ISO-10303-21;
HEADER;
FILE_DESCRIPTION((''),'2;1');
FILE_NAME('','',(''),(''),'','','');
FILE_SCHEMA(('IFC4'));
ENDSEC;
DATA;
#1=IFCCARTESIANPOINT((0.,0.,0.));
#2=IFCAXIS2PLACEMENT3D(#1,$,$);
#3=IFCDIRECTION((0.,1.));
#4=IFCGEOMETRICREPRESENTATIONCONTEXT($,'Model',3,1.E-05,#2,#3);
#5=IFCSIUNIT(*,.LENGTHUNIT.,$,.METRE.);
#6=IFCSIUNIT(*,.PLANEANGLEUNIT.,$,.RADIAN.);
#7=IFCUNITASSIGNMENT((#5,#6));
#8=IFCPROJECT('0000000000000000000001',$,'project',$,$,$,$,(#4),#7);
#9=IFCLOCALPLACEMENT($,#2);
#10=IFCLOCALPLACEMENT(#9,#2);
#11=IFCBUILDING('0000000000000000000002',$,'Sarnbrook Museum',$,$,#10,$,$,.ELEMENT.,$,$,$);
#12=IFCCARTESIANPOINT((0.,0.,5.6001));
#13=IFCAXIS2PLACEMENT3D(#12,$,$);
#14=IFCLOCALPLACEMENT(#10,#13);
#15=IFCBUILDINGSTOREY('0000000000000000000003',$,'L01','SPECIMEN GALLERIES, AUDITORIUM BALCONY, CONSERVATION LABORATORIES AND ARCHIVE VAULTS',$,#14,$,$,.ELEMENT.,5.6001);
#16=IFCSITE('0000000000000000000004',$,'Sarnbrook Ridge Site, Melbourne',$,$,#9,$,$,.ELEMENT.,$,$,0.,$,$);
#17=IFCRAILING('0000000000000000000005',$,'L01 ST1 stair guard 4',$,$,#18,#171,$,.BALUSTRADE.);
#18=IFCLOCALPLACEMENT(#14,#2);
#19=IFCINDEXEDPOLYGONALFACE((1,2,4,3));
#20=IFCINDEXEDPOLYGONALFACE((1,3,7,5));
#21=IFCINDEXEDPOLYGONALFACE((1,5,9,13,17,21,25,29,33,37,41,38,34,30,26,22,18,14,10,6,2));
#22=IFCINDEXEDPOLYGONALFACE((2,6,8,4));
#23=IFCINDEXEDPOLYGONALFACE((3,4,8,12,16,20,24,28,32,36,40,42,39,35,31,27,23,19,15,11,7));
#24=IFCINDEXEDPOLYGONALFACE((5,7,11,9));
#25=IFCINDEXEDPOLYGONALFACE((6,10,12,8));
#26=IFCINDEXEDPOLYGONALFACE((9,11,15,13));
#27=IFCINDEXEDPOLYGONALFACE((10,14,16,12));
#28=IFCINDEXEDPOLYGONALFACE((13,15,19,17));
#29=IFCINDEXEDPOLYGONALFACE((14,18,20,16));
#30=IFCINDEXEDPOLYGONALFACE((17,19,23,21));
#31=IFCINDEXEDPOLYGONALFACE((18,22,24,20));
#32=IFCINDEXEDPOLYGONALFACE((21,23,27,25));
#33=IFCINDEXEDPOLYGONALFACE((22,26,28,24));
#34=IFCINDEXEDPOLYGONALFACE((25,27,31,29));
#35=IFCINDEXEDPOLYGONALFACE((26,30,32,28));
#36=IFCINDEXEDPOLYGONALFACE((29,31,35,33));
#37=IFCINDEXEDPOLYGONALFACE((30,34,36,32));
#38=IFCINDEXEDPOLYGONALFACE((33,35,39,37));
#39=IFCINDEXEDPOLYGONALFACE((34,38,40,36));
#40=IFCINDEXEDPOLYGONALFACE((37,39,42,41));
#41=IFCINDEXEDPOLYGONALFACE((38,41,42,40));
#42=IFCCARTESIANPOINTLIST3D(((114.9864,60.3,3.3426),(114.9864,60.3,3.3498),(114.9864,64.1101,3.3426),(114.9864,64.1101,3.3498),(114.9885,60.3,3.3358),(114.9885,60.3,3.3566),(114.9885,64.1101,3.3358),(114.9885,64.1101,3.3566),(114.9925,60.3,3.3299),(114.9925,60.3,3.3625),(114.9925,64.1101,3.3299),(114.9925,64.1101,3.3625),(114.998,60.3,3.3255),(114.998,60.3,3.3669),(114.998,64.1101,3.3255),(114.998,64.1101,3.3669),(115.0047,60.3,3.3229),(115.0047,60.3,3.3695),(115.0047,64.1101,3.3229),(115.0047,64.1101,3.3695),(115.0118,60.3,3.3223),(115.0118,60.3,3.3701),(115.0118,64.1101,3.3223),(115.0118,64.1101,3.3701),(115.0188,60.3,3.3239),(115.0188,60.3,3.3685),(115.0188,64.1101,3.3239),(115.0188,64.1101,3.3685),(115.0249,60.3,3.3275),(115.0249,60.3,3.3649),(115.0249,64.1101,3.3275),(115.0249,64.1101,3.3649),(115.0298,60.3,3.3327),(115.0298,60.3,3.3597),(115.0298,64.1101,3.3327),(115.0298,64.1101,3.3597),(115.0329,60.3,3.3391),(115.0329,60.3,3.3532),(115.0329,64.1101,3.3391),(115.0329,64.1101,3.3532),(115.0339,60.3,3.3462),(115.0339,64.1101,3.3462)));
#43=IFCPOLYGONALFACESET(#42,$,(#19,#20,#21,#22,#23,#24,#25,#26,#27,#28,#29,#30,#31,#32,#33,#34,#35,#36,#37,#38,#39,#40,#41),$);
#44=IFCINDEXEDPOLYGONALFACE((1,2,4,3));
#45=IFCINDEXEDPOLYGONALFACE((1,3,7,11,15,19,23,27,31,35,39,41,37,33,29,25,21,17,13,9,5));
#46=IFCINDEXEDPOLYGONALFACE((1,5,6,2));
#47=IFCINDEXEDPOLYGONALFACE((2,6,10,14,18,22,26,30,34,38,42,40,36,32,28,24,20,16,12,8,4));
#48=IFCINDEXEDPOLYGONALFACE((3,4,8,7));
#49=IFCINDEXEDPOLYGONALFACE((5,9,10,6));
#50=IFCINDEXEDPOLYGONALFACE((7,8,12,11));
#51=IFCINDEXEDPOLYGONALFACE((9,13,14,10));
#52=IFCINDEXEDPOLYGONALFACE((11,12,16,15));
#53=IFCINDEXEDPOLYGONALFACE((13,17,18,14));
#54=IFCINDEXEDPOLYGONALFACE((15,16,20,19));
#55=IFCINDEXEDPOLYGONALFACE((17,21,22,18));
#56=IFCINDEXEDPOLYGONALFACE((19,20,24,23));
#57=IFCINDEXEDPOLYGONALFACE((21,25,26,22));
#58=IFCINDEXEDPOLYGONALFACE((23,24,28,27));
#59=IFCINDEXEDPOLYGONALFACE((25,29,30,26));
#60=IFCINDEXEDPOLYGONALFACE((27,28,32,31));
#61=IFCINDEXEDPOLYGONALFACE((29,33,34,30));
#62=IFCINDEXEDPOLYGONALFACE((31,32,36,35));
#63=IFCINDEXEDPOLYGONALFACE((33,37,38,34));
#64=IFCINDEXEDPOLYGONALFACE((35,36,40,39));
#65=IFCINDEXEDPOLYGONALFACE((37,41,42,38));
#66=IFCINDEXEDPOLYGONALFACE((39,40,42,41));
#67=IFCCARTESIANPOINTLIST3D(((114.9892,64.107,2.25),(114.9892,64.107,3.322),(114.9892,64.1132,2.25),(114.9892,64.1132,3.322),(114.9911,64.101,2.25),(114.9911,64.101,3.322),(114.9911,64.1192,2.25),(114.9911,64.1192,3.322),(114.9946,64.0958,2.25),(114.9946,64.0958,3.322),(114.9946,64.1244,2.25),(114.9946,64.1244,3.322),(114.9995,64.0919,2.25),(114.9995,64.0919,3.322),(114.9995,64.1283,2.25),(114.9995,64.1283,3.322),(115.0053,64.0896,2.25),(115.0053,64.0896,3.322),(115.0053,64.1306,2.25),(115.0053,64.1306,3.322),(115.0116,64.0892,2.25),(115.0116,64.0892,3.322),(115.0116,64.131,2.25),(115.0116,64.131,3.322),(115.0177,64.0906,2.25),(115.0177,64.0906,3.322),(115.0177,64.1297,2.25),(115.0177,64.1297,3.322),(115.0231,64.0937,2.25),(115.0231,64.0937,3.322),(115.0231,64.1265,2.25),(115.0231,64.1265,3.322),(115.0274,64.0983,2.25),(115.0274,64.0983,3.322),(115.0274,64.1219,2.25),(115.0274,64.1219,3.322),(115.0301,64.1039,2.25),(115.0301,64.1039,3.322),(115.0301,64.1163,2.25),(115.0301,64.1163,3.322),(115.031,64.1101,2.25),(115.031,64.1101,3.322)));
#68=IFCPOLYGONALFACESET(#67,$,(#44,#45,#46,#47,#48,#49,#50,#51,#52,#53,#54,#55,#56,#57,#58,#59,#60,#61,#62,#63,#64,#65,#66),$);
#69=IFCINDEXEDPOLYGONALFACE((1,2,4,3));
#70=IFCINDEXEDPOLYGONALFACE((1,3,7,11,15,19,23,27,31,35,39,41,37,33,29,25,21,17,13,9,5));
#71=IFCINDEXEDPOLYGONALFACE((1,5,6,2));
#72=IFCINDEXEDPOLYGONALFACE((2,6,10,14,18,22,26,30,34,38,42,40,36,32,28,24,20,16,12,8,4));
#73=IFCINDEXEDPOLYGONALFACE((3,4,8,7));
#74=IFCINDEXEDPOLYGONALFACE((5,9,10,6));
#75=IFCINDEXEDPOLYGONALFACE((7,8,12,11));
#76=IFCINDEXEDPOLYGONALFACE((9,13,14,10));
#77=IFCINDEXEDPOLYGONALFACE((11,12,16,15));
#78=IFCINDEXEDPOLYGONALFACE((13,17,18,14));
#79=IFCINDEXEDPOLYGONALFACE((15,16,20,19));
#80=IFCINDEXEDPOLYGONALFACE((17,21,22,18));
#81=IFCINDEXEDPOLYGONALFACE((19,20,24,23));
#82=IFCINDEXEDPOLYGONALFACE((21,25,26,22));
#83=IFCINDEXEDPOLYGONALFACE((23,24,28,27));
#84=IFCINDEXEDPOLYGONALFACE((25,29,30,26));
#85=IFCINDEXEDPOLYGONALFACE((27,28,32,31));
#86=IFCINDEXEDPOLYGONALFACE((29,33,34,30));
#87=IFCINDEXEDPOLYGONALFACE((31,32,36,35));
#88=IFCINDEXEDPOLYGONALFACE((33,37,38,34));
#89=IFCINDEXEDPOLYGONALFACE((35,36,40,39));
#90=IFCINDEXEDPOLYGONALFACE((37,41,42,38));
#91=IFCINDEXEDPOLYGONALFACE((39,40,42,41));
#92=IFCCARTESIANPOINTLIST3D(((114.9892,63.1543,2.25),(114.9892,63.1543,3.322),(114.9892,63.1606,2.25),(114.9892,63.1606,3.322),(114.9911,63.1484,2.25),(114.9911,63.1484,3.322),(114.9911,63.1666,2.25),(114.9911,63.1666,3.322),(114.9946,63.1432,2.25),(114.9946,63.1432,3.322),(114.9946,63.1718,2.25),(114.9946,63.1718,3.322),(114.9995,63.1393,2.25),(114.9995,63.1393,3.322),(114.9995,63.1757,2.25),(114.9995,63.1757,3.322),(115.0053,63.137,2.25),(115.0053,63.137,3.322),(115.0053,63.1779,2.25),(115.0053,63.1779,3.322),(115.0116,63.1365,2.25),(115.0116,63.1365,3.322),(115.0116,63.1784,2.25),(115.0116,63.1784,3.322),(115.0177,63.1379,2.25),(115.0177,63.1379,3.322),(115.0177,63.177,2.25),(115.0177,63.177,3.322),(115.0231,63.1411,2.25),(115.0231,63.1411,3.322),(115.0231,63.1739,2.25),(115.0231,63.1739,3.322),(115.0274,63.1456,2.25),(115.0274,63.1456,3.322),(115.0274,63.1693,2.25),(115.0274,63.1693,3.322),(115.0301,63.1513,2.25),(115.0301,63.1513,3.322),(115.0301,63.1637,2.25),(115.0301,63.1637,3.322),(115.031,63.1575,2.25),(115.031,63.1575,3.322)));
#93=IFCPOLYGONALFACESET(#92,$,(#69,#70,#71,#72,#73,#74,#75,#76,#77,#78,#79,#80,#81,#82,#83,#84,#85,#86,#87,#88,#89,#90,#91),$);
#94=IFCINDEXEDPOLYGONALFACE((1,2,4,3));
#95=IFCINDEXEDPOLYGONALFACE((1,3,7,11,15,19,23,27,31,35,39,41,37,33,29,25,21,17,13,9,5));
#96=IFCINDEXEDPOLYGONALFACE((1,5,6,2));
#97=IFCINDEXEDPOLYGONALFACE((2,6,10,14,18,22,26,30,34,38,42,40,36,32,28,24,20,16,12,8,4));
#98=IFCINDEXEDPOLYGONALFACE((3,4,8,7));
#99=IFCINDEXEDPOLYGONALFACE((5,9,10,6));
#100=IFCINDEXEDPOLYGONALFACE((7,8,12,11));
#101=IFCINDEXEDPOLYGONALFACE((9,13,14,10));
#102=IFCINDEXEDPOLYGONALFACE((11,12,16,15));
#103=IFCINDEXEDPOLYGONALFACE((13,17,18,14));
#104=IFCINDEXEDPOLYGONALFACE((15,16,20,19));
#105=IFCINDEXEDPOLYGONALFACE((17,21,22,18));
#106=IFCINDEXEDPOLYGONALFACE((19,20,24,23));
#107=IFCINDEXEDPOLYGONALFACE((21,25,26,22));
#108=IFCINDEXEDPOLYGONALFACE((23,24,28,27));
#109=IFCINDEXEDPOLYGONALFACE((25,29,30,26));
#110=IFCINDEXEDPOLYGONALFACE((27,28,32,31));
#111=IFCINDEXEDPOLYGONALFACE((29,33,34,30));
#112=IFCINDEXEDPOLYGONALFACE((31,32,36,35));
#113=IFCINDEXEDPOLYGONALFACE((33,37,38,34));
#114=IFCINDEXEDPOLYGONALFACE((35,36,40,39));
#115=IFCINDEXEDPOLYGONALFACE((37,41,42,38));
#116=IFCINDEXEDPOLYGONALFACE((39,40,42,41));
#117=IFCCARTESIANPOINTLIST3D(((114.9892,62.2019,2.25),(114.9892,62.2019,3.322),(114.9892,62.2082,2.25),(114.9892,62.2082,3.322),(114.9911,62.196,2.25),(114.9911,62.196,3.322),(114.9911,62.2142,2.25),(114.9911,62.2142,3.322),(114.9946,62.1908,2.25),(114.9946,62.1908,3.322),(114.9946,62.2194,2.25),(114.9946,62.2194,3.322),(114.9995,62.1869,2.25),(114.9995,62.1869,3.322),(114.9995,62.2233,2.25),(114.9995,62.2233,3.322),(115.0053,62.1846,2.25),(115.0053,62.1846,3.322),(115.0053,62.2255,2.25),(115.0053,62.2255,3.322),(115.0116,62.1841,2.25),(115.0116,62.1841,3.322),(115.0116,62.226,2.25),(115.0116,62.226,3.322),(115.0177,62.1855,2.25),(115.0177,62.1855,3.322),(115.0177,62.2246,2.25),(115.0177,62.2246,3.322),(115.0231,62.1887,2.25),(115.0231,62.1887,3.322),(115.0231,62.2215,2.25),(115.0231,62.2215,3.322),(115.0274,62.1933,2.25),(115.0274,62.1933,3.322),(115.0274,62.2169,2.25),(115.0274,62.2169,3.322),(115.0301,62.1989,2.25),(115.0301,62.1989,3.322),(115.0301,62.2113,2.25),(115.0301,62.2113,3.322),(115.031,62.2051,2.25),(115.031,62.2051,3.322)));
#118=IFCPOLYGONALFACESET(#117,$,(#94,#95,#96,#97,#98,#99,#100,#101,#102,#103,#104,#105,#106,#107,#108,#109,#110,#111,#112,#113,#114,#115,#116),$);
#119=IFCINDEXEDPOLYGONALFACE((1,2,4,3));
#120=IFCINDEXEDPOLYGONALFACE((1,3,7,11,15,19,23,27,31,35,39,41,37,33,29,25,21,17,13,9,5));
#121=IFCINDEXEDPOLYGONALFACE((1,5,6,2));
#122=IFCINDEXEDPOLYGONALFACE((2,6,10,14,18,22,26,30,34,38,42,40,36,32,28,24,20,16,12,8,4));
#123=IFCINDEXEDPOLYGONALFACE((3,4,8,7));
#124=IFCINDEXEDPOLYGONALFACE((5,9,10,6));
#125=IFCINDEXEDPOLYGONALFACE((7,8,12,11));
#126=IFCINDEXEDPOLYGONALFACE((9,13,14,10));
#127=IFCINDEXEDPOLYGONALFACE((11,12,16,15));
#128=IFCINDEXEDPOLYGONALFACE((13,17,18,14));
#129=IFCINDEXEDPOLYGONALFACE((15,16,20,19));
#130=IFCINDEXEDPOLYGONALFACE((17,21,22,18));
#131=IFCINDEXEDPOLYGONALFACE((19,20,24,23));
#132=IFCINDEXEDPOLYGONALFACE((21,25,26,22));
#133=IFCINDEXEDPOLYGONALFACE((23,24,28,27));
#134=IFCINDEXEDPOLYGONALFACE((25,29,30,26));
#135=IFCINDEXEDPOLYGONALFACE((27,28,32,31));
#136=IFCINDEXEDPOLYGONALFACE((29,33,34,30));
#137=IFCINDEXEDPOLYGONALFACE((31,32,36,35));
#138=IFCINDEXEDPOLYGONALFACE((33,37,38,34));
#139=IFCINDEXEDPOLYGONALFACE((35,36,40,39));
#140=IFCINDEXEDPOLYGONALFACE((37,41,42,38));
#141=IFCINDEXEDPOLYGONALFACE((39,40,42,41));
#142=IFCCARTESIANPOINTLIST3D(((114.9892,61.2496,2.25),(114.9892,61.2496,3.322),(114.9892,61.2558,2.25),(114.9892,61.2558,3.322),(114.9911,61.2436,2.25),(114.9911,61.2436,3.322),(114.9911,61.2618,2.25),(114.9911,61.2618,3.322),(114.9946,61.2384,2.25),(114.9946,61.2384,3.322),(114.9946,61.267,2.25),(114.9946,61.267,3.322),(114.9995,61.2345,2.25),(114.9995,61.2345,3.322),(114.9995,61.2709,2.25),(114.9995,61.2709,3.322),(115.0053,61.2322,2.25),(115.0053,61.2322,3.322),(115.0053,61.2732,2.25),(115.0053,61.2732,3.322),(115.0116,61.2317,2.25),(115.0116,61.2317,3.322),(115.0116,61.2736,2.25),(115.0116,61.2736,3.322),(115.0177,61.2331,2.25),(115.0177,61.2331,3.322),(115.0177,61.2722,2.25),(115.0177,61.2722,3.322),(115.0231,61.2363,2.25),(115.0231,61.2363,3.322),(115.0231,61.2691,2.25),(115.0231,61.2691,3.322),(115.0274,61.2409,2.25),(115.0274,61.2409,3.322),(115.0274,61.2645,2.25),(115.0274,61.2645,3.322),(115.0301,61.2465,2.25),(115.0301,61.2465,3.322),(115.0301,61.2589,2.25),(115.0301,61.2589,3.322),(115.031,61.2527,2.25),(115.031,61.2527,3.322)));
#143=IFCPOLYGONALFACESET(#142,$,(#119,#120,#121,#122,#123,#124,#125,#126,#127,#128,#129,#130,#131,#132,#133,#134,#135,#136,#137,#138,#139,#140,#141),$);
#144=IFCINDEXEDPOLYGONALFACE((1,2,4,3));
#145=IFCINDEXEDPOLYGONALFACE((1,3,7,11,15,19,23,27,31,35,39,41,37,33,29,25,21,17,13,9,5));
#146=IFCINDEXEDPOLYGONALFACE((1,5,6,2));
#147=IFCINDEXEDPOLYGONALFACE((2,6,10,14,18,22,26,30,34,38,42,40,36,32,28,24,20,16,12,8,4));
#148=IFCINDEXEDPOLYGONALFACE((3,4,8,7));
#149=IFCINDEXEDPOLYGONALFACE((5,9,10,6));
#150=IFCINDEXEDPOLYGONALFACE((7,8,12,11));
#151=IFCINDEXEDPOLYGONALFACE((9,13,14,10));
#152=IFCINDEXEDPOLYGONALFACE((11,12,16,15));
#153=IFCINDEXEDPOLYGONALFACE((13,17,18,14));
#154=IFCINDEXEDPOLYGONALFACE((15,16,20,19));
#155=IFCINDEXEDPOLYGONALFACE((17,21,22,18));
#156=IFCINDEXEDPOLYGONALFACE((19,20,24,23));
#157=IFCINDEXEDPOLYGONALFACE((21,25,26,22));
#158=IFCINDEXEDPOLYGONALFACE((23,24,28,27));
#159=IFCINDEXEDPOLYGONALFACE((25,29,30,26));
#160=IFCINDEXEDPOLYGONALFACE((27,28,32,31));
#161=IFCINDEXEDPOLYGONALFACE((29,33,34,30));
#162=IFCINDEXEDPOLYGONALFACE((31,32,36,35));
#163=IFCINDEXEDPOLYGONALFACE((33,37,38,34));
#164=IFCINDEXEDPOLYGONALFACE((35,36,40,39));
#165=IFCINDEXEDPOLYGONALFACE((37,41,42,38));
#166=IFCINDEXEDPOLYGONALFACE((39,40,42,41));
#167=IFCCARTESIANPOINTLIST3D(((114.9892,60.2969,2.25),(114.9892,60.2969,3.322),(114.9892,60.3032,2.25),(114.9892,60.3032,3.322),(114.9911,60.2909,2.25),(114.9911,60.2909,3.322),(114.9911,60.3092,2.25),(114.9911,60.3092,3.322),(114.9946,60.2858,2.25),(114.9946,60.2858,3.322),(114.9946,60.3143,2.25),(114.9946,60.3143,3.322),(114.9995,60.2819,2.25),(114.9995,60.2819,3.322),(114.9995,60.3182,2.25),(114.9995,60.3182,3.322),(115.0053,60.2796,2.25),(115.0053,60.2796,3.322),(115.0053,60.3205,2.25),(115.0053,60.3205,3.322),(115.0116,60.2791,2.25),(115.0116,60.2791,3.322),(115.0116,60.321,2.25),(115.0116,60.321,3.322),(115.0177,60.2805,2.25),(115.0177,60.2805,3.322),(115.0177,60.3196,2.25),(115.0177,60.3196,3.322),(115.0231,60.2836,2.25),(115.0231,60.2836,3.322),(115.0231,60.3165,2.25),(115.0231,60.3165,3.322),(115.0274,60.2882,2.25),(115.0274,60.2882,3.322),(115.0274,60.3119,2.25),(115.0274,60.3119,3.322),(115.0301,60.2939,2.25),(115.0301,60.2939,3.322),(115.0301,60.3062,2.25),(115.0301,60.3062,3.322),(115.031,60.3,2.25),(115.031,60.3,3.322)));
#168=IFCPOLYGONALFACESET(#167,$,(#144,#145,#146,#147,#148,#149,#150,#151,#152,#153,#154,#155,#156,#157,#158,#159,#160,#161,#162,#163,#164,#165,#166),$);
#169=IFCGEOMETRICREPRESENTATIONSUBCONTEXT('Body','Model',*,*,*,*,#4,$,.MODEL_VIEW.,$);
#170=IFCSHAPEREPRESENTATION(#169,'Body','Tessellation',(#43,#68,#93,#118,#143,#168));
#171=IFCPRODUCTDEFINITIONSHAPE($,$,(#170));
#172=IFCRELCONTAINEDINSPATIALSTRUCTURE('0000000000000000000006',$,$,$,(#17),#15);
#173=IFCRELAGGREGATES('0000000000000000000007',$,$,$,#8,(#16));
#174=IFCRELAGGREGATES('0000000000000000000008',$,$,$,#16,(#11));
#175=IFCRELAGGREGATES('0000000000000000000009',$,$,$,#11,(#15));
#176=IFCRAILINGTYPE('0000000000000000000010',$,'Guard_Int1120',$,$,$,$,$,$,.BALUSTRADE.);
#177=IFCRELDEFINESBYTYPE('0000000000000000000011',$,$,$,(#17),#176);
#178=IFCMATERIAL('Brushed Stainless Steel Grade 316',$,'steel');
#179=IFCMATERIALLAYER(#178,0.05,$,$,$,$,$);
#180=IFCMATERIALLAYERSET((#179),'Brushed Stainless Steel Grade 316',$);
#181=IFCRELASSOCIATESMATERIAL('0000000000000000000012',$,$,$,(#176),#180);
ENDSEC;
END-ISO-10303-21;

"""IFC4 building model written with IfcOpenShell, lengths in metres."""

from ifc_helpers import new_model, si_unit, direction, frame, origin, origin_2d, place, context, subcontext, project, spatial, circle, extrude, material, layer, layer_set, type_object, element, save


model = new_model("IFC4")

# Units and contexts
model_context = context("Model", 3, precision=1e-05, world=origin(), true_north=direction((0.0, 1.0)))
body_context = subcontext(model_context, "Body", "Model", "MODEL_VIEW")
ifc_project = project(units=[si_unit("LENGTHUNIT", "METRE"), si_unit("PLANEANGLEUNIT", "RADIAN")], contexts=[model_context])

# Site, building, storey
site_placement = place(None, origin())
site = spatial("IfcSite", under=ifc_project, at=site_placement, Name="Sarnbrook Ridge Site, Melbourne", CompositionType="ELEMENT", RefElevation=0.0)
building_placement = place(site_placement, origin())
building = spatial("IfcBuilding", under=site, at=building_placement, Name="Sarnbrook Museum", CompositionType="ELEMENT")
storey_placement = place(building_placement, frame((0.0, 0.0, 5.6001)))
storey = spatial("IfcBuildingStorey", under=building, at=storey_placement, Name="L01", Description="SPECIMEN GALLERIES, AUDITORIUM BALCONY, CONSERVATION LABORATORIES AND ARCHIVE VAULTS", CompositionType="ELEMENT", Elevation=5.6001)

# Railing
ifc_material_1 = material(Name="Brushed Stainless Steel Grade 316", Category="steel")
ifc_layer_1 = layer(ifc_material_1, 0.05)
ifc_layer_set_1 = layer_set([ifc_layer_1], Name="Brushed Stainless Steel Grade 316")
railing_type_1 = type_object("IfcRailingType", Name="Guard_Int1120", PredefinedType="BALUSTRADE", material=ifc_layer_set_1)
for number, where, name in (
    (1, (115.01, 64.1101, 2.25), "L01 ST1 stair guard 4"),
):
    element("IfcRailing", number, at=place(storey_placement, frame(where)), inside=storey, type_object=railing_type_1, Name=name, PredefinedType="BALUSTRADE", context=body_context, shape_type="SweptSolid", body=[
        extrude(circle(Radius=0.0239, at=origin_2d()), frame((0.0, 0.0, 1.0962), z_axis=(0.0, -1.0, 0.0), x_axis=(1.0, 0.0, 0.0)), (0.0, 0.0, 1.0), 3.8101),
        extrude(circle(Radius=0.021, at=origin_2d()), origin(), (0.0, 0.0, 1.0), 1.072),
        extrude(circle(Radius=0.021, at=origin_2d()), frame((0.0, -0.9526, 0.0)), (0.0, 0.0, 1.0), 1.072),
        extrude(circle(Radius=0.021, at=origin_2d()), frame((0.0, -1.905, 0.0)), (0.0, 0.0, 1.0), 1.072),
        extrude(circle(Radius=0.021, at=origin_2d()), frame((0.0, -2.8574, 0.0)), (0.0, 0.0, 1.0), 1.072),
        extrude(circle(Radius=0.021, at=origin_2d()), frame((0.0, -3.8101, 0.0)), (0.0, 0.0, 1.0), 1.072),
    ])

save(model, "model.ifc")
